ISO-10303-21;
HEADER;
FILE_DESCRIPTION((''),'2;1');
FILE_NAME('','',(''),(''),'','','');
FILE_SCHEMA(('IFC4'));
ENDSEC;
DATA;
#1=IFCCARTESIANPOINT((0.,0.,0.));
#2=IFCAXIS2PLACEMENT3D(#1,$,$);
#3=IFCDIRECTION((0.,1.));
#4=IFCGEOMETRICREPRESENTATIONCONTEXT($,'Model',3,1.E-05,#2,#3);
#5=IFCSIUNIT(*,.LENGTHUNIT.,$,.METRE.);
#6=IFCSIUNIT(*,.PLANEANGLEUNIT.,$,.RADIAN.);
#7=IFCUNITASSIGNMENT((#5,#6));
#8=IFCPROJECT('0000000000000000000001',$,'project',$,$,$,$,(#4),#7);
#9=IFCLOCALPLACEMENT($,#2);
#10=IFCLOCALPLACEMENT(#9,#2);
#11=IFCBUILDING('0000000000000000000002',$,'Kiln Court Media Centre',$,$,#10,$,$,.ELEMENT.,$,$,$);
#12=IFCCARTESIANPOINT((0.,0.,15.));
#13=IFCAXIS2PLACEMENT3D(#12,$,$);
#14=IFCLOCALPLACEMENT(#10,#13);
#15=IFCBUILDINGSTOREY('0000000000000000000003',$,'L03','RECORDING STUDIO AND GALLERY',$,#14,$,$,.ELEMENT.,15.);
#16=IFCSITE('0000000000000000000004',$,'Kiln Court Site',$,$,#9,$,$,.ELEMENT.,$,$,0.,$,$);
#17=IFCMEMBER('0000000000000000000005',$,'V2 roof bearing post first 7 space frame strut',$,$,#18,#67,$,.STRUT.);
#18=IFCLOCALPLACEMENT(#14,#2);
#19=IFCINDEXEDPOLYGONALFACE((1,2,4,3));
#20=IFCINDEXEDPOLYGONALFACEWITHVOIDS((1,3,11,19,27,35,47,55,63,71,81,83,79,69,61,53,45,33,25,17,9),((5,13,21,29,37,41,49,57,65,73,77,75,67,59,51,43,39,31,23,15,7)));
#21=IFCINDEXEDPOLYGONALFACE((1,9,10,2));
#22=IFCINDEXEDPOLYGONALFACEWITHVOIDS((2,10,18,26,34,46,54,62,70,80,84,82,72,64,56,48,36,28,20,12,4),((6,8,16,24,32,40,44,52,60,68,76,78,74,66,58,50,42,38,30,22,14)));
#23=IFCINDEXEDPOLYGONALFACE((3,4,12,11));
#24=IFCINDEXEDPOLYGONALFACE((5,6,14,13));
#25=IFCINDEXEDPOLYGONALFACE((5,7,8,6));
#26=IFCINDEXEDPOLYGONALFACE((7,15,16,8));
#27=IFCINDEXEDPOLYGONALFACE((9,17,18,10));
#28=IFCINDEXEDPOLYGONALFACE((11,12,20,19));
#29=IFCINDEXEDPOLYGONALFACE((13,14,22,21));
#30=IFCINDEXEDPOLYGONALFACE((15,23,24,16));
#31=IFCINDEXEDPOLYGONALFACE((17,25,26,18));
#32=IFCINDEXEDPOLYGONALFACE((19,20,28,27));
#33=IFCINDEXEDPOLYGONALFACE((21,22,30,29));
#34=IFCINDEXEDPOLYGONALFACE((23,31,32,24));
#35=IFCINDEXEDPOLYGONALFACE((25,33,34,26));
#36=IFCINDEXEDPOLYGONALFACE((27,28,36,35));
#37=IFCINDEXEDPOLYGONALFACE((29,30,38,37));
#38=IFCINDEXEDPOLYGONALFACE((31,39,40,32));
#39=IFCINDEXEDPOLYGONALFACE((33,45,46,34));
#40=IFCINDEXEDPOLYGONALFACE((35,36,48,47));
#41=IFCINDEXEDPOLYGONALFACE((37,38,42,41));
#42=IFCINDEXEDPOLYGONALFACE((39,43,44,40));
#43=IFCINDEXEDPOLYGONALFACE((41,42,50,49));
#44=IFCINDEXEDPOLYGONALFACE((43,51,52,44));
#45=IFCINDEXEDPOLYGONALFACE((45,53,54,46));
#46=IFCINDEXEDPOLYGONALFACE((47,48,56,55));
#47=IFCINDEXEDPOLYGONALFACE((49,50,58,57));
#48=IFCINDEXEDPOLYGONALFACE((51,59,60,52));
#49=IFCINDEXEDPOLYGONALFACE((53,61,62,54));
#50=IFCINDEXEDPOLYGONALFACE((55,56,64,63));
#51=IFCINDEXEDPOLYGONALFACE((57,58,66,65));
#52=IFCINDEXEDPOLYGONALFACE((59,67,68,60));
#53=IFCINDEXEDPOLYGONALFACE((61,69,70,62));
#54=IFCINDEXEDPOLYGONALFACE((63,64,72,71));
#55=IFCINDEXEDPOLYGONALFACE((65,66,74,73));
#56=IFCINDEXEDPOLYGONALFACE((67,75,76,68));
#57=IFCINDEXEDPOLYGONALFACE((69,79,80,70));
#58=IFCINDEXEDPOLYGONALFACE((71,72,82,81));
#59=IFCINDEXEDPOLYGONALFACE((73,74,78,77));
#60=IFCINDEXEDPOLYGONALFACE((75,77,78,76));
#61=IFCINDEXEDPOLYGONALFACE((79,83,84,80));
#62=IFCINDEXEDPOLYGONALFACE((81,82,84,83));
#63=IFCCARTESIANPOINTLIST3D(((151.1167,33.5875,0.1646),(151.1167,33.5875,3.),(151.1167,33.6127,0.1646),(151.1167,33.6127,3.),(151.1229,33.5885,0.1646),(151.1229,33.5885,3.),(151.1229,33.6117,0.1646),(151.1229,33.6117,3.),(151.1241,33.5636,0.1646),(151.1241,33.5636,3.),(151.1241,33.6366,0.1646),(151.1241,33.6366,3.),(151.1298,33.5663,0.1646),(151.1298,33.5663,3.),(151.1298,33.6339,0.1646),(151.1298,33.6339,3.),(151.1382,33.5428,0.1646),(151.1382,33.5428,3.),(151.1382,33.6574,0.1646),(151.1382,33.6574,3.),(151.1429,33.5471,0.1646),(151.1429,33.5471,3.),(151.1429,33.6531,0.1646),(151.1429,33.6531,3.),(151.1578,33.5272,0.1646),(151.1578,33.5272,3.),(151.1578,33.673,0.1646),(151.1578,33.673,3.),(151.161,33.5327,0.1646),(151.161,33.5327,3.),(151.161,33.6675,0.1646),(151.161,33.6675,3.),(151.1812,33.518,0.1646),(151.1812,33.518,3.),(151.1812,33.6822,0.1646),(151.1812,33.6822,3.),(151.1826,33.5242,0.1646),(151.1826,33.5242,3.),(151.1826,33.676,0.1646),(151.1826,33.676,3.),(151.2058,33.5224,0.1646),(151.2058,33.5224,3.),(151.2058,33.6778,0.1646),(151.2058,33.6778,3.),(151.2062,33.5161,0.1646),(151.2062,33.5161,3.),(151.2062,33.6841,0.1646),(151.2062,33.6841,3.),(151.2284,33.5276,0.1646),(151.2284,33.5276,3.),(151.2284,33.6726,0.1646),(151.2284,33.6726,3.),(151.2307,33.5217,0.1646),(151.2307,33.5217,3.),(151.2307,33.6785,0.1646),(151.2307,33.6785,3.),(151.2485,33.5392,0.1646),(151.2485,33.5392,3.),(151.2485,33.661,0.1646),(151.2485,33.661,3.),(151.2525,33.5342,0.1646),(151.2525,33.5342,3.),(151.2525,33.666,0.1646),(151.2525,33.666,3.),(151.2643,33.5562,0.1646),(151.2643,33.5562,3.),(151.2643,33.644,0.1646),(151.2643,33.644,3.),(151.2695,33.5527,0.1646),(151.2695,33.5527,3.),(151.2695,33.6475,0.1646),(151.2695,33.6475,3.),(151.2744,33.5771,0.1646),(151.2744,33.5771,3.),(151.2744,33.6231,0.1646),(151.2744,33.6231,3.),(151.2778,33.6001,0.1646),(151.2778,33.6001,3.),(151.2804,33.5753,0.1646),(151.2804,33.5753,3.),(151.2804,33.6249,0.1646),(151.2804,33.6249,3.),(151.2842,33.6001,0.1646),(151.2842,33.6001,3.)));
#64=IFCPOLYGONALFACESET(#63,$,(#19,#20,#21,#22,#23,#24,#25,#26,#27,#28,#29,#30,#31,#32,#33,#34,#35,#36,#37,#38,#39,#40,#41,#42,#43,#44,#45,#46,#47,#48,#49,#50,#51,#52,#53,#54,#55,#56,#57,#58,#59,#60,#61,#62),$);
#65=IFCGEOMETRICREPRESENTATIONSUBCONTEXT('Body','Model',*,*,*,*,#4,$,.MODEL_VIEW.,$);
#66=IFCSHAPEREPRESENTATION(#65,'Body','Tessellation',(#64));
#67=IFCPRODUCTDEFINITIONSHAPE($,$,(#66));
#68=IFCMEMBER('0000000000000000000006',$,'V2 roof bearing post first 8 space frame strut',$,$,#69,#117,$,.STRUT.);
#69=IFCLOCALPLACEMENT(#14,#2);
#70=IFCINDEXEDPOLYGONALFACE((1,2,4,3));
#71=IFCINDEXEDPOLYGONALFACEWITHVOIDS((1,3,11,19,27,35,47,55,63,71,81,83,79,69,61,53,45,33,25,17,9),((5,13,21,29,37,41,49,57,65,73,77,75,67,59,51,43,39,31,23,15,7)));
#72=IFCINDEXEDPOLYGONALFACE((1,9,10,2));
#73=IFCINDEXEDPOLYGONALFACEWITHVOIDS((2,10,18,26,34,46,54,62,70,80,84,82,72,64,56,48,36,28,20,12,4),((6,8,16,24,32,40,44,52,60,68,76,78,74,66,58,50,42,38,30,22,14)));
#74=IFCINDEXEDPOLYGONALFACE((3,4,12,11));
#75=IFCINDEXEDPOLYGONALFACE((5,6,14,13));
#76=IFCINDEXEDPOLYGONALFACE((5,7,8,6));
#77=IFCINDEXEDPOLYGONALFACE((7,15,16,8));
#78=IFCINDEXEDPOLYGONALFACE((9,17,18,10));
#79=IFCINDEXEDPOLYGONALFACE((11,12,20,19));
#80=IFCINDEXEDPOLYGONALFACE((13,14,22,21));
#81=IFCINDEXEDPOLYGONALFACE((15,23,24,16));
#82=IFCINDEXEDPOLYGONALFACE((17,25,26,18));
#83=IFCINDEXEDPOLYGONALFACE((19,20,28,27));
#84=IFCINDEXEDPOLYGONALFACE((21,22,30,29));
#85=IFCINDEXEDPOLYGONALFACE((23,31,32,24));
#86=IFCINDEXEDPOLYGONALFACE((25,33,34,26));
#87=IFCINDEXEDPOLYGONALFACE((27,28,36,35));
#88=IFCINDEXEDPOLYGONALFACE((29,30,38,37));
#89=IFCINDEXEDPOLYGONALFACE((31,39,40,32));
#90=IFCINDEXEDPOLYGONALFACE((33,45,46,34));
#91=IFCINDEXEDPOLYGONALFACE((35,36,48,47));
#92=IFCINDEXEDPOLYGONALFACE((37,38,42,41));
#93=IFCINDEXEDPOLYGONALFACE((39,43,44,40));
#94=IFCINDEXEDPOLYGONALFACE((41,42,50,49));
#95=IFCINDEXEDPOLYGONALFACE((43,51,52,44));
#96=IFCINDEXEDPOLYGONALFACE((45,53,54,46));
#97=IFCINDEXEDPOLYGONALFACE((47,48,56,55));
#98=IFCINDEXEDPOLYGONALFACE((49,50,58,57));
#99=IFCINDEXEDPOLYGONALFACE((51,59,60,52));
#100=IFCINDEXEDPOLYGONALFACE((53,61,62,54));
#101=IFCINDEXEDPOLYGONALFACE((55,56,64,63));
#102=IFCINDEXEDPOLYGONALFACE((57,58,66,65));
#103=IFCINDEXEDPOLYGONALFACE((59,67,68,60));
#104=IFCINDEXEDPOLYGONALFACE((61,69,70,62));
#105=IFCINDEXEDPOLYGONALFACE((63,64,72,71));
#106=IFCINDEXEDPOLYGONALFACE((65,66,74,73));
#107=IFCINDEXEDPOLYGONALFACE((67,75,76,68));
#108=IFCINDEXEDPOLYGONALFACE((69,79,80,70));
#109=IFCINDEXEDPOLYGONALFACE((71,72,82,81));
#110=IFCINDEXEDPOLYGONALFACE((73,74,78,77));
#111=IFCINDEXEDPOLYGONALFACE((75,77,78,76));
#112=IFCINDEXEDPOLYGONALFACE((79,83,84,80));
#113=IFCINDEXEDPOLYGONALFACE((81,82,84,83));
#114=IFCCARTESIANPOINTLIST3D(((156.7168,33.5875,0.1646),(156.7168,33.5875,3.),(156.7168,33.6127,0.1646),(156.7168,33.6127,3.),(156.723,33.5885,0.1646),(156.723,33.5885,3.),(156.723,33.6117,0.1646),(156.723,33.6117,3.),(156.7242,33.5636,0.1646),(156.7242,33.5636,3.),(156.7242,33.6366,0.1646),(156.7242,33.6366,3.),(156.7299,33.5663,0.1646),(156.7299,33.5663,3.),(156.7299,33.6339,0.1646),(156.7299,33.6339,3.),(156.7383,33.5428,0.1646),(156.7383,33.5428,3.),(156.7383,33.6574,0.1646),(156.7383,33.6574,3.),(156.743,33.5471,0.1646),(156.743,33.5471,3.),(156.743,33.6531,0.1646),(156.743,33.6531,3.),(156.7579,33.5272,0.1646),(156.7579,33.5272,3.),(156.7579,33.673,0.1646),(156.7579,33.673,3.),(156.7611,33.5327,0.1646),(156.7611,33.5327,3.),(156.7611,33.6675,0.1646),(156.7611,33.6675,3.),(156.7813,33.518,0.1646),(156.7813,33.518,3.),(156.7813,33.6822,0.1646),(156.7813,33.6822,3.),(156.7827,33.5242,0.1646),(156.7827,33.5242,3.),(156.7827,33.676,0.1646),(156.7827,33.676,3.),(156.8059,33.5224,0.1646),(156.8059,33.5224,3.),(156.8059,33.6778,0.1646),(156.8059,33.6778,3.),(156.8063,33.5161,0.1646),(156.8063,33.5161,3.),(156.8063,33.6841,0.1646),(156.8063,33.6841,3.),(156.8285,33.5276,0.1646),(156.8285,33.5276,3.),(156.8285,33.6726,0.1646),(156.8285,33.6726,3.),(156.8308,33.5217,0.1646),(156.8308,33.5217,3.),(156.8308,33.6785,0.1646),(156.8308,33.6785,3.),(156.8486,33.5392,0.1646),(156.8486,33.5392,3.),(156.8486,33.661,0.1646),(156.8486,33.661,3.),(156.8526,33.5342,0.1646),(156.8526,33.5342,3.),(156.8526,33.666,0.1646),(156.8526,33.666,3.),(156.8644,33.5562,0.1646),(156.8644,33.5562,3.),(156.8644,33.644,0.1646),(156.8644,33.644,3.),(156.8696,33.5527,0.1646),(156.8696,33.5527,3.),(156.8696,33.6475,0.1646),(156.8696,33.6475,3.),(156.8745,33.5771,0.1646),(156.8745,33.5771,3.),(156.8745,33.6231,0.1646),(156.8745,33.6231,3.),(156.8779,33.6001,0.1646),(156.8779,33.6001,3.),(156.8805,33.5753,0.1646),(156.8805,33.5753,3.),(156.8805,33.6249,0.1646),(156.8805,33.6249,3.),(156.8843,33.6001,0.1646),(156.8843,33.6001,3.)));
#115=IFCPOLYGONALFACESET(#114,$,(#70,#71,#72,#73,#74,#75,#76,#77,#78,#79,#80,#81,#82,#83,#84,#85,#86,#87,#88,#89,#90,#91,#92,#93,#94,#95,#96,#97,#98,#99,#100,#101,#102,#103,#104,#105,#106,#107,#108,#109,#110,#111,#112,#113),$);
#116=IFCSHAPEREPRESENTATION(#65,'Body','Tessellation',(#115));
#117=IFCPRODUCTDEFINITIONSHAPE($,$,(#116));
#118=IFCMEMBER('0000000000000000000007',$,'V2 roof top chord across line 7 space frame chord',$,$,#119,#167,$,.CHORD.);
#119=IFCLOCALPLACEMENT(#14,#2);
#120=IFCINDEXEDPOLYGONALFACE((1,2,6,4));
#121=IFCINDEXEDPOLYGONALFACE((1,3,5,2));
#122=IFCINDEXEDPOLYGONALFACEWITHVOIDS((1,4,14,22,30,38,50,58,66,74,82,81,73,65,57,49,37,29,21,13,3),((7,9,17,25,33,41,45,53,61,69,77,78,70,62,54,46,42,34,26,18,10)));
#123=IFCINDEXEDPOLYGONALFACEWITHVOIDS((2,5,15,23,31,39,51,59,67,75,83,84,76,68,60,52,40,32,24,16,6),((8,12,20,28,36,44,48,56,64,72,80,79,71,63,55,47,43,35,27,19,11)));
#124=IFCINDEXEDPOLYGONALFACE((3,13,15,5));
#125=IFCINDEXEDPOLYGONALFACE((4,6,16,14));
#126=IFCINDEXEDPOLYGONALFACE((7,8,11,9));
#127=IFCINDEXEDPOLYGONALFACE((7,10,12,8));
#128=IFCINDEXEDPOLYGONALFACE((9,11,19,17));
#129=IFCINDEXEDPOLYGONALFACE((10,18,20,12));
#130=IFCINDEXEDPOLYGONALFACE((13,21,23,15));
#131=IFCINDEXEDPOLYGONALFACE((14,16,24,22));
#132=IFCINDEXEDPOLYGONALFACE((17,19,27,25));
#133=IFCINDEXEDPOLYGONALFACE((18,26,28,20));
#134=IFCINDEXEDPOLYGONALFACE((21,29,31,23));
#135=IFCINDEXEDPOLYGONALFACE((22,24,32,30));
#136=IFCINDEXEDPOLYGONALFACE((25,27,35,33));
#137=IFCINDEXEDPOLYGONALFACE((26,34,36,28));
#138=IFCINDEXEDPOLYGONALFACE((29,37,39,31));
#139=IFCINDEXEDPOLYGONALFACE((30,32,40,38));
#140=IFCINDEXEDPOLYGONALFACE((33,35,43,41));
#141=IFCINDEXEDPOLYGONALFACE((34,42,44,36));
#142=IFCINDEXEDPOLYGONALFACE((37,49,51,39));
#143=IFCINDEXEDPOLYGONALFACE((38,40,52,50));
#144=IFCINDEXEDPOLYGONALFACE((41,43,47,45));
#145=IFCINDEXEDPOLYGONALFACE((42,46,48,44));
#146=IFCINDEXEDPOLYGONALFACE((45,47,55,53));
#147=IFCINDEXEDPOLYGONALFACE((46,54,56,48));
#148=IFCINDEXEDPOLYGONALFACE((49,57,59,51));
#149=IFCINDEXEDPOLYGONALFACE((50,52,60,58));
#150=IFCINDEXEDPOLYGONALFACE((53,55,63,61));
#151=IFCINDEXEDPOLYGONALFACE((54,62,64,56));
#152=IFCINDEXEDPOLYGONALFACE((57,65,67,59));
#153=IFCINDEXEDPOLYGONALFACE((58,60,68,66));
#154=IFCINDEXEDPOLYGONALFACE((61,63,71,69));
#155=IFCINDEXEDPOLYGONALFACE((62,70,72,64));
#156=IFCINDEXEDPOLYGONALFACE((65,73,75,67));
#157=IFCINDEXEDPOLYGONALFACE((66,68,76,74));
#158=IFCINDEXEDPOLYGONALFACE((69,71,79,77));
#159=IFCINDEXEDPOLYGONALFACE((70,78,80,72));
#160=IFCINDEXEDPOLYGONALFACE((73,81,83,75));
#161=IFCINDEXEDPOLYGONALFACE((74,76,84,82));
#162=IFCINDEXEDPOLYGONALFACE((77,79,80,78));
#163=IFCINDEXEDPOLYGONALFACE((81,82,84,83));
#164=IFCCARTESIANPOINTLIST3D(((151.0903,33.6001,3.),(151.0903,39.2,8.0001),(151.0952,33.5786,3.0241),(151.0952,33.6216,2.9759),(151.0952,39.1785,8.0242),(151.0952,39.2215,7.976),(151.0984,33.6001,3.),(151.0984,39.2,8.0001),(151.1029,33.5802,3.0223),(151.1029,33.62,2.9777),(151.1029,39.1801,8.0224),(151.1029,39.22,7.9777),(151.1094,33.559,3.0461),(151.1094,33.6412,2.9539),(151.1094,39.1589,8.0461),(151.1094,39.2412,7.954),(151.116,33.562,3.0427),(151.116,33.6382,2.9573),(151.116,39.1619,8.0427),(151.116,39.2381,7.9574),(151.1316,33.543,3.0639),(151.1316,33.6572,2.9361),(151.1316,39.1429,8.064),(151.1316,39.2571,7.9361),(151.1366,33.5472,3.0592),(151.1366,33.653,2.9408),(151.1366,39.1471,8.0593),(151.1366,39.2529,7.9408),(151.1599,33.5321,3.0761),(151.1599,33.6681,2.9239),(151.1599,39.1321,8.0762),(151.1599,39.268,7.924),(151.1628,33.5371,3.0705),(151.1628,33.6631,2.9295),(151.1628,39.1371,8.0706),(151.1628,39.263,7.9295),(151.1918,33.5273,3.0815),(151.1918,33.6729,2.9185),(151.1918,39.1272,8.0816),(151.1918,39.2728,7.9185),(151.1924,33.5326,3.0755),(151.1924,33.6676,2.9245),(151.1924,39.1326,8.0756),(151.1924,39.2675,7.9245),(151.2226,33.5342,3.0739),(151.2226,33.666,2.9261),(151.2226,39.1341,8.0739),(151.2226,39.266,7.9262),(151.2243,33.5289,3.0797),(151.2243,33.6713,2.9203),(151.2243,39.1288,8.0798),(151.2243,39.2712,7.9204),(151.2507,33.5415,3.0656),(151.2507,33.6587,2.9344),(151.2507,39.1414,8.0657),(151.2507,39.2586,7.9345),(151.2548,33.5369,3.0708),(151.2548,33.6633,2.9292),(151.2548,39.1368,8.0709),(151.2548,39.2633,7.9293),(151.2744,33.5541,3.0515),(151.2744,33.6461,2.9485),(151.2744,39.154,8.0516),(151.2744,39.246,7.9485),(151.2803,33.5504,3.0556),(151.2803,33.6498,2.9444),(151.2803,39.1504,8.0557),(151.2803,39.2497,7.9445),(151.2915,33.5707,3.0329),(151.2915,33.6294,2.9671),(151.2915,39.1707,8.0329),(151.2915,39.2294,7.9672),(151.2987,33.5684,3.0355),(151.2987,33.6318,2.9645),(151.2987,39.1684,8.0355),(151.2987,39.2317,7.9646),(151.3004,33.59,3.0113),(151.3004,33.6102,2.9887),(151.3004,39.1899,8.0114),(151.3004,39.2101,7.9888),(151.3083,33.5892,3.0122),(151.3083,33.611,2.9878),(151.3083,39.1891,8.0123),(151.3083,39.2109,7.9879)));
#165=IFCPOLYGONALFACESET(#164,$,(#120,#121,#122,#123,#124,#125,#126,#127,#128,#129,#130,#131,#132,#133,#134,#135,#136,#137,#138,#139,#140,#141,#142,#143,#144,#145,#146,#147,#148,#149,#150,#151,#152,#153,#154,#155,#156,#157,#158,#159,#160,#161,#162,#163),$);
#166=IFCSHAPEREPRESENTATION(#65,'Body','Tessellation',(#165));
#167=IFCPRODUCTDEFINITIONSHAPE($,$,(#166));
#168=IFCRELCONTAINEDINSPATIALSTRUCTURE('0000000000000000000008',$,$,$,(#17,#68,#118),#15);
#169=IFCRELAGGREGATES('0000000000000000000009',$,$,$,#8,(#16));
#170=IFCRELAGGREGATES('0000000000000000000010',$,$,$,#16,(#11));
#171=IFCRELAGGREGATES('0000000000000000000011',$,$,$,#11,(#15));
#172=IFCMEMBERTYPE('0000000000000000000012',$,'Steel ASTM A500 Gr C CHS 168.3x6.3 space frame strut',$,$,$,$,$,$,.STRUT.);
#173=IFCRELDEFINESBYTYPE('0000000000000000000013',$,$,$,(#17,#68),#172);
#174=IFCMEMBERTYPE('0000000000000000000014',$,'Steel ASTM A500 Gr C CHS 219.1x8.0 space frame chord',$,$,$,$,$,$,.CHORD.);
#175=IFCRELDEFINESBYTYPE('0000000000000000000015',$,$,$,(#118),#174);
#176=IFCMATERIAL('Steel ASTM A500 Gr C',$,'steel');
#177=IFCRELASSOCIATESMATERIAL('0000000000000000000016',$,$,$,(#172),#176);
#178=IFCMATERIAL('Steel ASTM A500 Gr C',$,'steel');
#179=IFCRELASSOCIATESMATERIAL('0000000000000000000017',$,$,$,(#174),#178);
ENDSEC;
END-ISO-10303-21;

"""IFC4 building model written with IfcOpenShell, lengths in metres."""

from ifc_helpers import new_model, si_unit, direction, frame, origin, origin_2d, place, context, subcontext, project, spatial, hollow_circle, extrude, material, material_profile, profile_set, type_object, element, save


model = new_model("IFC4")

# Units and contexts
model_context = context("Model", 3, precision=1e-05, world=origin(), true_north=direction((0.0, 1.0)))
body_context = subcontext(model_context, "Body", "Model", "MODEL_VIEW")
ifc_project = project(units=[si_unit("LENGTHUNIT", "METRE"), si_unit("PLANEANGLEUNIT", "RADIAN")], contexts=[model_context])

# Site, building, storey
site_placement = place(None, origin())
site = spatial("IfcSite", under=ifc_project, at=site_placement, Name="Kiln Court Site", CompositionType="ELEMENT", RefElevation=0.0)
building_placement = place(site_placement, origin())
building = spatial("IfcBuilding", under=site, at=building_placement, Name="Kiln Court Media Centre", CompositionType="ELEMENT")
storey_placement = place(building_placement, frame((0.0, 0.0, 15.0)))
storey = spatial("IfcBuildingStorey", under=building, at=storey_placement, Name="L03", Description="RECORDING STUDIO AND GALLERY", CompositionType="ELEMENT", Elevation=15.0)

# Members
ifc_material_1 = material(Name="Steel ASTM A500 Gr C", Category="steel")
ifc_material_profile_1 = material_profile(ifc_material_1, hollow_circle(Radius=0.0842, WallThickness=0.0063, at=origin_2d()), Name="CHS 168.3x6.3")
ifc_profile_set_1 = profile_set([ifc_material_profile_1], Name="Steel ASTM A500 Gr C")
member_type_1 = type_object("IfcMemberType", Name="Steel ASTM A500 Gr C CHS 168.3x6.3 space frame strut", PredefinedType="STRUT", material=ifc_profile_set_1)
for number, where, z_axis, x_axis, name in (
    (1, (151.2, 33.6001, 0.1646), (0.0, 0.0, 1.0), (1.0, 0.0, 0.0), "V2 roof bearing post first 7 space frame strut"),
    (2, (156.8, 33.6001, 0.1646), (0.0, 0.0, 1.0), (1.0, 0.0, 0.0), "V2 roof bearing post first 8 space frame strut"),
):
    element("IfcMember", number, at=place(storey_placement, frame(where, z_axis=z_axis, x_axis=x_axis)), inside=storey, type_object=member_type_1, Name=name, PredefinedType="STRUT", context=body_context, shape_type="SweptSolid", body=[
        extrude(hollow_circle(Radius=0.0842, WallThickness=0.0063, at=origin_2d()), origin(), (0.0, 0.0, 1.0), 2.8354),
    ])
ifc_material_2 = material(Name="Steel ASTM A500 Gr C", Category="steel")
ifc_material_profile_2 = material_profile(ifc_material_2, hollow_circle(Radius=0.1096, WallThickness=0.0081, at=origin_2d()), Name="CHS 219.1x8.0")
ifc_profile_set_2 = profile_set([ifc_material_profile_2], Name="Steel ASTM A500 Gr C")
member_type_2 = type_object("IfcMemberType", Name="Steel ASTM A500 Gr C CHS 219.1x8.0 space frame chord", PredefinedType="CHORD", material=ifc_profile_set_2)
for number, where, z_axis, x_axis, name in (
    (3, (151.2, 33.6001, 3.0), (0.0, 0.745929, 0.666025), (-1.0, 0.0, 0.0), "V2 roof top chord across line 7 space frame chord"),
):
    element("IfcMember", number, at=place(storey_placement, frame(where, z_axis=z_axis, x_axis=x_axis)), inside=storey, type_object=member_type_2, Name=name, PredefinedType="CHORD", context=body_context, shape_type="SweptSolid", body=[
        extrude(hollow_circle(Radius=0.1096, WallThickness=0.0081, at=origin_2d()), origin(), (0.0, 0.0, 1.0), 7.5073),
    ])

save(model, "model.ifc")
